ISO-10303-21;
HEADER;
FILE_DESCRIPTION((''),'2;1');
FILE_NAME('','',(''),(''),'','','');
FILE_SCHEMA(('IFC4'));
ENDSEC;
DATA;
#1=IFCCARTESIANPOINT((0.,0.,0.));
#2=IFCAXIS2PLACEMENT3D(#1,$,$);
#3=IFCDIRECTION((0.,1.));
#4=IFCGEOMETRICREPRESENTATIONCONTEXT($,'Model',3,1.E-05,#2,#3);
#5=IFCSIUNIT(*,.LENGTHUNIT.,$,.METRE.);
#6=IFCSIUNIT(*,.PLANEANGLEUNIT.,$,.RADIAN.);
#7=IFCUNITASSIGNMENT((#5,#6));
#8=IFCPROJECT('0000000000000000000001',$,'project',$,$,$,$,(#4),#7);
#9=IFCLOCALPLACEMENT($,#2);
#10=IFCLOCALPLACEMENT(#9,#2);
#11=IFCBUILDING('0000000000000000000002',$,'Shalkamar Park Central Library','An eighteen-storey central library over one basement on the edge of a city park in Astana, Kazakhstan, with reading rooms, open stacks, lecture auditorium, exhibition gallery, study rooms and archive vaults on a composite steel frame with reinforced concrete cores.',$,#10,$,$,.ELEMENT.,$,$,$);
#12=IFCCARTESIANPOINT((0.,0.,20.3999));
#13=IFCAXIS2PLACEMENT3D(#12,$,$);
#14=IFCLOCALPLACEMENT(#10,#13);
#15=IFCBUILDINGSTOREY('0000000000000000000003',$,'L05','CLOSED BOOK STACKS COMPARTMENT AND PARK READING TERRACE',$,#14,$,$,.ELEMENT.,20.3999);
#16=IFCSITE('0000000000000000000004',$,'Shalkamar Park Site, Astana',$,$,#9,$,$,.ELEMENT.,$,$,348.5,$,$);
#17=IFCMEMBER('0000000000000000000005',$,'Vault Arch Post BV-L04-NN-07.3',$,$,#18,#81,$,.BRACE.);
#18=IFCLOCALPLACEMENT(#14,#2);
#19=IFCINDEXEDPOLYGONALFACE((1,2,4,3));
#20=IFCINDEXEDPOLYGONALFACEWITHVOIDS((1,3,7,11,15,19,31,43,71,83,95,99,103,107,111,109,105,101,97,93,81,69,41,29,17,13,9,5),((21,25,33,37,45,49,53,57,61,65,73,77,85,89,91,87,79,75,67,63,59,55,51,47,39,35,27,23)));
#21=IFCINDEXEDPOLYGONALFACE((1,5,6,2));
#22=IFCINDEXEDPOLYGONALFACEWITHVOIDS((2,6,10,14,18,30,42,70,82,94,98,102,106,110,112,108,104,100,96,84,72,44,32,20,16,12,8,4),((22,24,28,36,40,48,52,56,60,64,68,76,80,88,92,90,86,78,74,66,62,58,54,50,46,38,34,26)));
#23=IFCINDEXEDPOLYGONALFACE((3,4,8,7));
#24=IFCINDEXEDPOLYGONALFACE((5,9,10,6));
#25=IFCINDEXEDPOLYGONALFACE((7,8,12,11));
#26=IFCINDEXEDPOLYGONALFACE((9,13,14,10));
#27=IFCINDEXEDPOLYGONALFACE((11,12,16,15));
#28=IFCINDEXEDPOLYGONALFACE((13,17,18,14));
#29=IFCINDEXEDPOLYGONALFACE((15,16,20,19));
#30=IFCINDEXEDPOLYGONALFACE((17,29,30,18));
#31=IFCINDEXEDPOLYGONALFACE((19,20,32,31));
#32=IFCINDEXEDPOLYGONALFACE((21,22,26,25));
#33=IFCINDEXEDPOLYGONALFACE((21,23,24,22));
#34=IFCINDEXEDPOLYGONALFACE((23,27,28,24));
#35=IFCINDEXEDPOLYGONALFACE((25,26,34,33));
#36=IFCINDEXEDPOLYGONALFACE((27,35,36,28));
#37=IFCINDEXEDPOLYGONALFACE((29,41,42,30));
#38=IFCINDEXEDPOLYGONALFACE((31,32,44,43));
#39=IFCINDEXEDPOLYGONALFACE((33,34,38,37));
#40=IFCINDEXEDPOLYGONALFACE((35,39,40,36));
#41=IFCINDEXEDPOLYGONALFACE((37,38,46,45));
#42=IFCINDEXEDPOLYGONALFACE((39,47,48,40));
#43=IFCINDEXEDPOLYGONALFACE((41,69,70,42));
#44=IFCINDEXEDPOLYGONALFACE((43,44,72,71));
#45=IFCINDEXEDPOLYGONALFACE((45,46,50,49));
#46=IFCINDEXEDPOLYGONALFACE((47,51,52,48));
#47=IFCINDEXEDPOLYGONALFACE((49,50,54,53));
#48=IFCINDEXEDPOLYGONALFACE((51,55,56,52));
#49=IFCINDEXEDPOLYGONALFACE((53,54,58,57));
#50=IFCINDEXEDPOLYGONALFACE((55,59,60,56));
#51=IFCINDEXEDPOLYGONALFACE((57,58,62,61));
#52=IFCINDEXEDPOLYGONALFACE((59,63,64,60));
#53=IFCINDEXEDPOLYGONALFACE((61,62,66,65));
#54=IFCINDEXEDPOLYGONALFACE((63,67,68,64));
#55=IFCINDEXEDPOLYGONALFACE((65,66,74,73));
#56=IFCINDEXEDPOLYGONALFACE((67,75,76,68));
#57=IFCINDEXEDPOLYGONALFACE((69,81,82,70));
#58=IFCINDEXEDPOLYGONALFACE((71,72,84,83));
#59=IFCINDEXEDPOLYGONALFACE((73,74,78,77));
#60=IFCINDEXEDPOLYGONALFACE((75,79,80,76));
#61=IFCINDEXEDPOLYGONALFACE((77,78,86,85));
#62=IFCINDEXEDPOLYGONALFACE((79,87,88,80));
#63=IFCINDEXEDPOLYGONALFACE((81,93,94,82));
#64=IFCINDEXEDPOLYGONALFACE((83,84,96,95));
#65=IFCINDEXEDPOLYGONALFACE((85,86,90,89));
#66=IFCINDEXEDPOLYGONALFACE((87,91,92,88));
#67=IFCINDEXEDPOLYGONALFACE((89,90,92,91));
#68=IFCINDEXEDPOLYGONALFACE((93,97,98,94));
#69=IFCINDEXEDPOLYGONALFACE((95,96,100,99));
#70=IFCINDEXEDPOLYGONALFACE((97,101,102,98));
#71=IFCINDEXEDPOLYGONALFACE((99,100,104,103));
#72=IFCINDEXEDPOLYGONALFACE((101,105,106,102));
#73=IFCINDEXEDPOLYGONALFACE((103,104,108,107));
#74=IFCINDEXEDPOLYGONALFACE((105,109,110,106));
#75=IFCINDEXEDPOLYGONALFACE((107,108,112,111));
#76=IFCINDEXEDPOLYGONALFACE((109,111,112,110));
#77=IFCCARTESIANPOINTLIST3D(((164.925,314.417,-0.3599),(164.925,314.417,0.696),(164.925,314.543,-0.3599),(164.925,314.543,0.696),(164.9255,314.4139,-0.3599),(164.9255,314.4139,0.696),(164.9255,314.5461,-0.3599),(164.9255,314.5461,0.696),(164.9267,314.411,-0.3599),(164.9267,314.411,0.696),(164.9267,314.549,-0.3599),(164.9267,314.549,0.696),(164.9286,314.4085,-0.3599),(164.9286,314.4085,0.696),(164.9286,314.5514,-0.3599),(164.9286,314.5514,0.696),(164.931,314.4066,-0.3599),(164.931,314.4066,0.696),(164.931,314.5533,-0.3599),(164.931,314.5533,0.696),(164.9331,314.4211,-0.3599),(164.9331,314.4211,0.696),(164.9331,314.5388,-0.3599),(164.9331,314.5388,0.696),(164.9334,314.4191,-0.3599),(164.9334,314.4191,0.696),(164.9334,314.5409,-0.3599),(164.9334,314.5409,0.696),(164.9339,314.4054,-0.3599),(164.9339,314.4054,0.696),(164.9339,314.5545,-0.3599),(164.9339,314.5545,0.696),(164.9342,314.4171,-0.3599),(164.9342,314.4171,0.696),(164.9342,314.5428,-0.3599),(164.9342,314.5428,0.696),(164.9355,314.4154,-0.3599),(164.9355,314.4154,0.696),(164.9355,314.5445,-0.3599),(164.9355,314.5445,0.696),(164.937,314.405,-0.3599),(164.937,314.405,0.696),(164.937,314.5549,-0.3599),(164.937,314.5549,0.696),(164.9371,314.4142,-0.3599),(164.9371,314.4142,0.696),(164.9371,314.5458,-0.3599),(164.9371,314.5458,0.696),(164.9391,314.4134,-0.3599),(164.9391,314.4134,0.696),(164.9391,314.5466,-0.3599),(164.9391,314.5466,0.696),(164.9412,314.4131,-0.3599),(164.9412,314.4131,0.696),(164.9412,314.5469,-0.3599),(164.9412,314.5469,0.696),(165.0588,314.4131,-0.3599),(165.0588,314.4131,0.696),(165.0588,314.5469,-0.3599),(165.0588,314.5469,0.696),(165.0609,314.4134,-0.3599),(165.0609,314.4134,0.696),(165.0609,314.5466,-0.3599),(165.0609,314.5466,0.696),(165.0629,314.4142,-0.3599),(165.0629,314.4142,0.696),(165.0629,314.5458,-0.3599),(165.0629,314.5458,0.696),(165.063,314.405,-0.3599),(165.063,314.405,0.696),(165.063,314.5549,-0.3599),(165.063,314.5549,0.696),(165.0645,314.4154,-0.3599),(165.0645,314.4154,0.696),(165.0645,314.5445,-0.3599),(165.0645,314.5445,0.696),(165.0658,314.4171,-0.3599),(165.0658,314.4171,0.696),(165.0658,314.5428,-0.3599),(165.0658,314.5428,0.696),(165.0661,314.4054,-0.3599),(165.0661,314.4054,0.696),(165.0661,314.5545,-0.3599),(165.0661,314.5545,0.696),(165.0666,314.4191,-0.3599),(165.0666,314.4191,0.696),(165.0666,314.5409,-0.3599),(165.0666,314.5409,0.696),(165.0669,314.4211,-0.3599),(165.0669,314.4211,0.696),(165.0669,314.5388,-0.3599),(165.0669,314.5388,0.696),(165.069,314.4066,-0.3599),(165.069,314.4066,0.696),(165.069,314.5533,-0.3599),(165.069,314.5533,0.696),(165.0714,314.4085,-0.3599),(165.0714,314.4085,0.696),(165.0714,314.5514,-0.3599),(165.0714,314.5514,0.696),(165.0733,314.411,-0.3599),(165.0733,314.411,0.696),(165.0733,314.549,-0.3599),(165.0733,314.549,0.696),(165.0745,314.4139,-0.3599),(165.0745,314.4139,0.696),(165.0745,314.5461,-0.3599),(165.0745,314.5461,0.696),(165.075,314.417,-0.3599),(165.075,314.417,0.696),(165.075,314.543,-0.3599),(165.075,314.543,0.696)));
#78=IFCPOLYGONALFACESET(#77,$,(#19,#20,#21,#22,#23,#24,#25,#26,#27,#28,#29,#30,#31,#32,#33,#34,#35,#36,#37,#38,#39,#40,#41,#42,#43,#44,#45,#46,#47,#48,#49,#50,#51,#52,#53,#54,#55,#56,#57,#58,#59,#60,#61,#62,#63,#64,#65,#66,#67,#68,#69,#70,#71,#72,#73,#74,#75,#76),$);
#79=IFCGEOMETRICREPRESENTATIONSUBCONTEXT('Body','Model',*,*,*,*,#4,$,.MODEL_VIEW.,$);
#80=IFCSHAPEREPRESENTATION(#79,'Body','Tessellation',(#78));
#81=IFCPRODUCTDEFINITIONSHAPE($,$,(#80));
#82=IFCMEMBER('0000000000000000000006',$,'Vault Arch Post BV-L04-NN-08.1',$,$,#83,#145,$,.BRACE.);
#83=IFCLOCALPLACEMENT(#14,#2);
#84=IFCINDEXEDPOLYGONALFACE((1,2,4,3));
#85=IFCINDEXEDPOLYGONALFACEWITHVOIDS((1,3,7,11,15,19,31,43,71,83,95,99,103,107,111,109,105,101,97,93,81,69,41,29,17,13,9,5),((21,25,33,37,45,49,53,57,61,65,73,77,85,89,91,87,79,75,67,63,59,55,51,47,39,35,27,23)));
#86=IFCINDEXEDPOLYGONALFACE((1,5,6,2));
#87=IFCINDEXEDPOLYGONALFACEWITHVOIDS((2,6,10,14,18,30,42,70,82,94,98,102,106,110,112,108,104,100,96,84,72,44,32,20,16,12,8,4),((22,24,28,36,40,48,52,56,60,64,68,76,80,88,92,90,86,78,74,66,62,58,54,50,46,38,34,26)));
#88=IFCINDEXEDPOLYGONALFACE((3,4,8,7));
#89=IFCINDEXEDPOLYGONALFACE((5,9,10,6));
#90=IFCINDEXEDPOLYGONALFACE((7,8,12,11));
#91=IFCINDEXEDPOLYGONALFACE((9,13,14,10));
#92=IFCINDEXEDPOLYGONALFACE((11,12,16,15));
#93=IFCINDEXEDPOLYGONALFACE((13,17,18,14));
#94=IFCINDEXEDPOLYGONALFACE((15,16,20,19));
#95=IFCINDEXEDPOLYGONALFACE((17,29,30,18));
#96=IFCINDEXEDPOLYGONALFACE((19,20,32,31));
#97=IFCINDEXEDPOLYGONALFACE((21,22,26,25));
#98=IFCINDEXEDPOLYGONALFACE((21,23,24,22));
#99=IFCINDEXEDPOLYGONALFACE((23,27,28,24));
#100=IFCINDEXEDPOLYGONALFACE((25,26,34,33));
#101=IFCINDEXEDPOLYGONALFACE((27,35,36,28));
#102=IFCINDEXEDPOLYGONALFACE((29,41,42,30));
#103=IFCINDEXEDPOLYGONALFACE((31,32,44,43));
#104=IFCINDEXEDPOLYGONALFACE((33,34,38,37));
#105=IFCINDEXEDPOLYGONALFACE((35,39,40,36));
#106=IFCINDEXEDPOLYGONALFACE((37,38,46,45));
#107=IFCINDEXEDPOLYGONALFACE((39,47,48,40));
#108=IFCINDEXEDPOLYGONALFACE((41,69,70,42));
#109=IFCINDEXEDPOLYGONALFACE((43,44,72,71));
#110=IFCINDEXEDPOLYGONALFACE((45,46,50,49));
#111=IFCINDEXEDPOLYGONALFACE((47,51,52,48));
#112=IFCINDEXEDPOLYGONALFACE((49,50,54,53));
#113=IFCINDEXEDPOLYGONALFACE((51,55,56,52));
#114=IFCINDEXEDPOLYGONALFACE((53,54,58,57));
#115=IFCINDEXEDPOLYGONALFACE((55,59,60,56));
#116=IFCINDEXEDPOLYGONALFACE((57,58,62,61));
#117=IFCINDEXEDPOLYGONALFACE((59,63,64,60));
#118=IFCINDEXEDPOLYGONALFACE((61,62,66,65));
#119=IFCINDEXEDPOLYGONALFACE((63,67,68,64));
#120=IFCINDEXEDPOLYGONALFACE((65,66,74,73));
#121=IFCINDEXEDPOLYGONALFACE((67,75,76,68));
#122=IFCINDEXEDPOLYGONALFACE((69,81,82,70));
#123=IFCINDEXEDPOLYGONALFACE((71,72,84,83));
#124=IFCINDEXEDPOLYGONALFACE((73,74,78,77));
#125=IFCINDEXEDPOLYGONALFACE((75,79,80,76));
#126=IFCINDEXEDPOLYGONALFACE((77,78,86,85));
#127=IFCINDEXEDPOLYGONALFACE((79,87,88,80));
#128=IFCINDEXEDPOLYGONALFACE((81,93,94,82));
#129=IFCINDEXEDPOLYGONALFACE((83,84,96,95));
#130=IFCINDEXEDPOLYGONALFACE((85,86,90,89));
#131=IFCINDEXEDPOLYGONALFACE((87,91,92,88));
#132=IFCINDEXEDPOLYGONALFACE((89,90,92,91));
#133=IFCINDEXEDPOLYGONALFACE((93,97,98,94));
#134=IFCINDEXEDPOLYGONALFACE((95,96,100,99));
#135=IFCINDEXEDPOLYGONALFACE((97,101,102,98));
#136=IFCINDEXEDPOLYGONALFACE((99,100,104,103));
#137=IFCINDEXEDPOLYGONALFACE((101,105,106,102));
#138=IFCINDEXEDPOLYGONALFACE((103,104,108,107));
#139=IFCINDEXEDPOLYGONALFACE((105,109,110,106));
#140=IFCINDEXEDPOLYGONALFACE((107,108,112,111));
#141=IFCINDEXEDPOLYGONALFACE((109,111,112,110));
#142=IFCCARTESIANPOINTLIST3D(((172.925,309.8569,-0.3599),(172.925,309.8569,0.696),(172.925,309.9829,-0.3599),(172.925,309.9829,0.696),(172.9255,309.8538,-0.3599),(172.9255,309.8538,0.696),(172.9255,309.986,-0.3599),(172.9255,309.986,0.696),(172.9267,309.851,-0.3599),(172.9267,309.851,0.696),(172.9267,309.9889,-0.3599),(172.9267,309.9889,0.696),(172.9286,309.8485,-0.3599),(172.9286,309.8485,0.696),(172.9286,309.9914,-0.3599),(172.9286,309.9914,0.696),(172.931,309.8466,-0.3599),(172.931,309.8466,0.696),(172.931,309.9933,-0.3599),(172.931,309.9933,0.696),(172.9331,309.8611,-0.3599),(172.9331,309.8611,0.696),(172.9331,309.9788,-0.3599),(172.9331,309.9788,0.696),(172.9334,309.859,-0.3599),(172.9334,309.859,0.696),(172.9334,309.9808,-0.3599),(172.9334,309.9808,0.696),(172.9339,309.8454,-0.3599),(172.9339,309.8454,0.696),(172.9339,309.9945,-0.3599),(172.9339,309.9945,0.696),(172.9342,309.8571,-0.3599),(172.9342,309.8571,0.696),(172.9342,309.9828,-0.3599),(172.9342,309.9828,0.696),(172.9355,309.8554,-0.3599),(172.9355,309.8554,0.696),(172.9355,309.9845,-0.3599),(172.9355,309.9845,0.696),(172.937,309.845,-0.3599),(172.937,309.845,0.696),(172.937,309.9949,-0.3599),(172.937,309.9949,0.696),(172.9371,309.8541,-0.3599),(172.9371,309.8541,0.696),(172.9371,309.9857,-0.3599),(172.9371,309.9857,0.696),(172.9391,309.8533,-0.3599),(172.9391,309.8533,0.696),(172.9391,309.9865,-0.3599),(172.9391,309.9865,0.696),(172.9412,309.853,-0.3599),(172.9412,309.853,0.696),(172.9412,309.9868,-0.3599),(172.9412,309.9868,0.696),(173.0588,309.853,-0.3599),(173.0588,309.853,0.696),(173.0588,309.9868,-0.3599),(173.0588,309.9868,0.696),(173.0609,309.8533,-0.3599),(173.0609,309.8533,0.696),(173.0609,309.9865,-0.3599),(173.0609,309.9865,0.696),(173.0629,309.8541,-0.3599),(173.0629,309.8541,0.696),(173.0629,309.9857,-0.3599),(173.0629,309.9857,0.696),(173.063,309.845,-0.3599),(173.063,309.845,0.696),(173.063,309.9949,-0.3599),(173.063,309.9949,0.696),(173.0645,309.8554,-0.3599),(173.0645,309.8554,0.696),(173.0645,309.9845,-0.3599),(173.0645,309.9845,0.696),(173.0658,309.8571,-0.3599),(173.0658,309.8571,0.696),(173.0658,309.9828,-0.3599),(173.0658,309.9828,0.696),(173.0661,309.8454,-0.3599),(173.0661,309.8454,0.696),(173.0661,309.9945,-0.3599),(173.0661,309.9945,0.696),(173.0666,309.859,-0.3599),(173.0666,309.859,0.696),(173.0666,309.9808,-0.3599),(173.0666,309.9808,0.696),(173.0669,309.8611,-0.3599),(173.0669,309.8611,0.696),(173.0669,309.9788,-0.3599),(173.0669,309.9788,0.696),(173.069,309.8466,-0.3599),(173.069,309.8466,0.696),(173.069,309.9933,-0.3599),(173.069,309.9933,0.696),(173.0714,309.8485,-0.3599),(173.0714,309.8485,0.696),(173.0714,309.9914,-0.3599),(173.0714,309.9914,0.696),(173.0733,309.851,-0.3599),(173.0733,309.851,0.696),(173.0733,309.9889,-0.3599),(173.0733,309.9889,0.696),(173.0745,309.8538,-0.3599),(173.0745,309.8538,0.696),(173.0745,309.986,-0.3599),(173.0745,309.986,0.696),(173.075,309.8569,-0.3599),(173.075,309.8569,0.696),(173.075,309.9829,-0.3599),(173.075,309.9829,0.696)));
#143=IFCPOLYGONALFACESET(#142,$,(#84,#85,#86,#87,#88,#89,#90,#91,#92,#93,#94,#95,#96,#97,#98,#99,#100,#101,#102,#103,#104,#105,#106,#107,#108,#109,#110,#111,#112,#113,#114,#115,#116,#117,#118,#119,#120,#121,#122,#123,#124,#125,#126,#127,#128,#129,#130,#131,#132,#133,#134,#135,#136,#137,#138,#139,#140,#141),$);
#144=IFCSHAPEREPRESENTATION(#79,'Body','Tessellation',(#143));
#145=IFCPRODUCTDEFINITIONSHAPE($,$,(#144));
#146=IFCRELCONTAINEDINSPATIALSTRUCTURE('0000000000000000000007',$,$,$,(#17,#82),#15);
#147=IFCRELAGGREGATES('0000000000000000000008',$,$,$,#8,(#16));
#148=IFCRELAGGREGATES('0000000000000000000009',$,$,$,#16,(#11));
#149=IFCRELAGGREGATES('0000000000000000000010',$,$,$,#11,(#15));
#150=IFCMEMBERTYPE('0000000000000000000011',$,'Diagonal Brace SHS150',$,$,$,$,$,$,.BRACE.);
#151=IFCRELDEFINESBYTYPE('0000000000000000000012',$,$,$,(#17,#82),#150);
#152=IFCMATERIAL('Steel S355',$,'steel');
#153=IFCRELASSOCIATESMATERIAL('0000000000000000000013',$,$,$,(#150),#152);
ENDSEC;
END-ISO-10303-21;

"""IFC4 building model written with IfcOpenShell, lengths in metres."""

from ifc_helpers import new_model, si_unit, direction, frame, origin, origin_2d, place, context, subcontext, project, spatial, hollow_rectangle, extrude, material, material_profile, profile_set, type_object, element, save


model = new_model("IFC4")

# Units and contexts
model_context = context("Model", 3, precision=1e-05, world=origin(), true_north=direction((0.0, 1.0)))
body_context = subcontext(model_context, "Body", "Model", "MODEL_VIEW")
ifc_project = project(units=[si_unit("LENGTHUNIT", "METRE"), si_unit("PLANEANGLEUNIT", "RADIAN")], contexts=[model_context])

# Site, building, storey
site_placement = place(None, origin())
site = spatial("IfcSite", under=ifc_project, at=site_placement, Name="Shalkamar Park Site, Astana", CompositionType="ELEMENT", RefElevation=348.5)
building_placement = place(site_placement, origin())
building = spatial("IfcBuilding", under=site, at=building_placement, Name="Shalkamar Park Central Library", Description="An eighteen-storey central library over one basement on the edge of a city park in Astana, Kazakhstan, with reading rooms, open stacks, lecture auditorium, exhibition gallery, study rooms and archive vaults on a composite steel frame with reinforced concrete cores.", CompositionType="ELEMENT")
storey_placement = place(building_placement, frame((0.0, 0.0, 20.3999)))
storey = spatial("IfcBuildingStorey", under=building, at=storey_placement, Name="L05", Description="CLOSED BOOK STACKS COMPARTMENT AND PARK READING TERRACE", CompositionType="ELEMENT", Elevation=20.3999)

# Members
ifc_material_1 = material(Name="Steel S355", Category="steel")
ifc_material_profile_1 = material_profile(ifc_material_1, hollow_rectangle(XDim=0.1499, YDim=0.1499, WallThickness=0.0081, InnerFilletRadius=0.0081, OuterFilletRadius=0.012, at=origin_2d()), Name="SHS 150x150x8")
ifc_profile_set_1 = profile_set([ifc_material_profile_1], Name="Steel S355")
member_type_1 = type_object("IfcMemberType", Name="Diagonal Brace SHS150", PredefinedType="BRACE", material=ifc_profile_set_1)
for number, where, z_axis, x_axis, name in (
    (1, (165.0, 314.48, -0.3599), (0.0, 0.0, 1.0), (1.0, 0.0, 0.0), "Vault Arch Post BV-L04-NN-07.3"),
    (2, (173.0, 309.9199, -0.3599), (0.0, 0.0, 1.0), (1.0, 0.0, 0.0), "Vault Arch Post BV-L04-NN-08.1"),
):
    element("IfcMember", number, at=place(storey_placement, frame(where, z_axis=z_axis, x_axis=x_axis)), inside=storey, type_object=member_type_1, Name=name, PredefinedType="BRACE", context=body_context, shape_type="SweptSolid", body=[
        extrude(hollow_rectangle(XDim=0.1499, YDim=0.1499, WallThickness=0.0081, InnerFilletRadius=0.0081, OuterFilletRadius=0.012, at=origin_2d()), origin(), (0.0, 0.0, 1.0), 1.0559),
    ])

save(model, "model.ifc")
